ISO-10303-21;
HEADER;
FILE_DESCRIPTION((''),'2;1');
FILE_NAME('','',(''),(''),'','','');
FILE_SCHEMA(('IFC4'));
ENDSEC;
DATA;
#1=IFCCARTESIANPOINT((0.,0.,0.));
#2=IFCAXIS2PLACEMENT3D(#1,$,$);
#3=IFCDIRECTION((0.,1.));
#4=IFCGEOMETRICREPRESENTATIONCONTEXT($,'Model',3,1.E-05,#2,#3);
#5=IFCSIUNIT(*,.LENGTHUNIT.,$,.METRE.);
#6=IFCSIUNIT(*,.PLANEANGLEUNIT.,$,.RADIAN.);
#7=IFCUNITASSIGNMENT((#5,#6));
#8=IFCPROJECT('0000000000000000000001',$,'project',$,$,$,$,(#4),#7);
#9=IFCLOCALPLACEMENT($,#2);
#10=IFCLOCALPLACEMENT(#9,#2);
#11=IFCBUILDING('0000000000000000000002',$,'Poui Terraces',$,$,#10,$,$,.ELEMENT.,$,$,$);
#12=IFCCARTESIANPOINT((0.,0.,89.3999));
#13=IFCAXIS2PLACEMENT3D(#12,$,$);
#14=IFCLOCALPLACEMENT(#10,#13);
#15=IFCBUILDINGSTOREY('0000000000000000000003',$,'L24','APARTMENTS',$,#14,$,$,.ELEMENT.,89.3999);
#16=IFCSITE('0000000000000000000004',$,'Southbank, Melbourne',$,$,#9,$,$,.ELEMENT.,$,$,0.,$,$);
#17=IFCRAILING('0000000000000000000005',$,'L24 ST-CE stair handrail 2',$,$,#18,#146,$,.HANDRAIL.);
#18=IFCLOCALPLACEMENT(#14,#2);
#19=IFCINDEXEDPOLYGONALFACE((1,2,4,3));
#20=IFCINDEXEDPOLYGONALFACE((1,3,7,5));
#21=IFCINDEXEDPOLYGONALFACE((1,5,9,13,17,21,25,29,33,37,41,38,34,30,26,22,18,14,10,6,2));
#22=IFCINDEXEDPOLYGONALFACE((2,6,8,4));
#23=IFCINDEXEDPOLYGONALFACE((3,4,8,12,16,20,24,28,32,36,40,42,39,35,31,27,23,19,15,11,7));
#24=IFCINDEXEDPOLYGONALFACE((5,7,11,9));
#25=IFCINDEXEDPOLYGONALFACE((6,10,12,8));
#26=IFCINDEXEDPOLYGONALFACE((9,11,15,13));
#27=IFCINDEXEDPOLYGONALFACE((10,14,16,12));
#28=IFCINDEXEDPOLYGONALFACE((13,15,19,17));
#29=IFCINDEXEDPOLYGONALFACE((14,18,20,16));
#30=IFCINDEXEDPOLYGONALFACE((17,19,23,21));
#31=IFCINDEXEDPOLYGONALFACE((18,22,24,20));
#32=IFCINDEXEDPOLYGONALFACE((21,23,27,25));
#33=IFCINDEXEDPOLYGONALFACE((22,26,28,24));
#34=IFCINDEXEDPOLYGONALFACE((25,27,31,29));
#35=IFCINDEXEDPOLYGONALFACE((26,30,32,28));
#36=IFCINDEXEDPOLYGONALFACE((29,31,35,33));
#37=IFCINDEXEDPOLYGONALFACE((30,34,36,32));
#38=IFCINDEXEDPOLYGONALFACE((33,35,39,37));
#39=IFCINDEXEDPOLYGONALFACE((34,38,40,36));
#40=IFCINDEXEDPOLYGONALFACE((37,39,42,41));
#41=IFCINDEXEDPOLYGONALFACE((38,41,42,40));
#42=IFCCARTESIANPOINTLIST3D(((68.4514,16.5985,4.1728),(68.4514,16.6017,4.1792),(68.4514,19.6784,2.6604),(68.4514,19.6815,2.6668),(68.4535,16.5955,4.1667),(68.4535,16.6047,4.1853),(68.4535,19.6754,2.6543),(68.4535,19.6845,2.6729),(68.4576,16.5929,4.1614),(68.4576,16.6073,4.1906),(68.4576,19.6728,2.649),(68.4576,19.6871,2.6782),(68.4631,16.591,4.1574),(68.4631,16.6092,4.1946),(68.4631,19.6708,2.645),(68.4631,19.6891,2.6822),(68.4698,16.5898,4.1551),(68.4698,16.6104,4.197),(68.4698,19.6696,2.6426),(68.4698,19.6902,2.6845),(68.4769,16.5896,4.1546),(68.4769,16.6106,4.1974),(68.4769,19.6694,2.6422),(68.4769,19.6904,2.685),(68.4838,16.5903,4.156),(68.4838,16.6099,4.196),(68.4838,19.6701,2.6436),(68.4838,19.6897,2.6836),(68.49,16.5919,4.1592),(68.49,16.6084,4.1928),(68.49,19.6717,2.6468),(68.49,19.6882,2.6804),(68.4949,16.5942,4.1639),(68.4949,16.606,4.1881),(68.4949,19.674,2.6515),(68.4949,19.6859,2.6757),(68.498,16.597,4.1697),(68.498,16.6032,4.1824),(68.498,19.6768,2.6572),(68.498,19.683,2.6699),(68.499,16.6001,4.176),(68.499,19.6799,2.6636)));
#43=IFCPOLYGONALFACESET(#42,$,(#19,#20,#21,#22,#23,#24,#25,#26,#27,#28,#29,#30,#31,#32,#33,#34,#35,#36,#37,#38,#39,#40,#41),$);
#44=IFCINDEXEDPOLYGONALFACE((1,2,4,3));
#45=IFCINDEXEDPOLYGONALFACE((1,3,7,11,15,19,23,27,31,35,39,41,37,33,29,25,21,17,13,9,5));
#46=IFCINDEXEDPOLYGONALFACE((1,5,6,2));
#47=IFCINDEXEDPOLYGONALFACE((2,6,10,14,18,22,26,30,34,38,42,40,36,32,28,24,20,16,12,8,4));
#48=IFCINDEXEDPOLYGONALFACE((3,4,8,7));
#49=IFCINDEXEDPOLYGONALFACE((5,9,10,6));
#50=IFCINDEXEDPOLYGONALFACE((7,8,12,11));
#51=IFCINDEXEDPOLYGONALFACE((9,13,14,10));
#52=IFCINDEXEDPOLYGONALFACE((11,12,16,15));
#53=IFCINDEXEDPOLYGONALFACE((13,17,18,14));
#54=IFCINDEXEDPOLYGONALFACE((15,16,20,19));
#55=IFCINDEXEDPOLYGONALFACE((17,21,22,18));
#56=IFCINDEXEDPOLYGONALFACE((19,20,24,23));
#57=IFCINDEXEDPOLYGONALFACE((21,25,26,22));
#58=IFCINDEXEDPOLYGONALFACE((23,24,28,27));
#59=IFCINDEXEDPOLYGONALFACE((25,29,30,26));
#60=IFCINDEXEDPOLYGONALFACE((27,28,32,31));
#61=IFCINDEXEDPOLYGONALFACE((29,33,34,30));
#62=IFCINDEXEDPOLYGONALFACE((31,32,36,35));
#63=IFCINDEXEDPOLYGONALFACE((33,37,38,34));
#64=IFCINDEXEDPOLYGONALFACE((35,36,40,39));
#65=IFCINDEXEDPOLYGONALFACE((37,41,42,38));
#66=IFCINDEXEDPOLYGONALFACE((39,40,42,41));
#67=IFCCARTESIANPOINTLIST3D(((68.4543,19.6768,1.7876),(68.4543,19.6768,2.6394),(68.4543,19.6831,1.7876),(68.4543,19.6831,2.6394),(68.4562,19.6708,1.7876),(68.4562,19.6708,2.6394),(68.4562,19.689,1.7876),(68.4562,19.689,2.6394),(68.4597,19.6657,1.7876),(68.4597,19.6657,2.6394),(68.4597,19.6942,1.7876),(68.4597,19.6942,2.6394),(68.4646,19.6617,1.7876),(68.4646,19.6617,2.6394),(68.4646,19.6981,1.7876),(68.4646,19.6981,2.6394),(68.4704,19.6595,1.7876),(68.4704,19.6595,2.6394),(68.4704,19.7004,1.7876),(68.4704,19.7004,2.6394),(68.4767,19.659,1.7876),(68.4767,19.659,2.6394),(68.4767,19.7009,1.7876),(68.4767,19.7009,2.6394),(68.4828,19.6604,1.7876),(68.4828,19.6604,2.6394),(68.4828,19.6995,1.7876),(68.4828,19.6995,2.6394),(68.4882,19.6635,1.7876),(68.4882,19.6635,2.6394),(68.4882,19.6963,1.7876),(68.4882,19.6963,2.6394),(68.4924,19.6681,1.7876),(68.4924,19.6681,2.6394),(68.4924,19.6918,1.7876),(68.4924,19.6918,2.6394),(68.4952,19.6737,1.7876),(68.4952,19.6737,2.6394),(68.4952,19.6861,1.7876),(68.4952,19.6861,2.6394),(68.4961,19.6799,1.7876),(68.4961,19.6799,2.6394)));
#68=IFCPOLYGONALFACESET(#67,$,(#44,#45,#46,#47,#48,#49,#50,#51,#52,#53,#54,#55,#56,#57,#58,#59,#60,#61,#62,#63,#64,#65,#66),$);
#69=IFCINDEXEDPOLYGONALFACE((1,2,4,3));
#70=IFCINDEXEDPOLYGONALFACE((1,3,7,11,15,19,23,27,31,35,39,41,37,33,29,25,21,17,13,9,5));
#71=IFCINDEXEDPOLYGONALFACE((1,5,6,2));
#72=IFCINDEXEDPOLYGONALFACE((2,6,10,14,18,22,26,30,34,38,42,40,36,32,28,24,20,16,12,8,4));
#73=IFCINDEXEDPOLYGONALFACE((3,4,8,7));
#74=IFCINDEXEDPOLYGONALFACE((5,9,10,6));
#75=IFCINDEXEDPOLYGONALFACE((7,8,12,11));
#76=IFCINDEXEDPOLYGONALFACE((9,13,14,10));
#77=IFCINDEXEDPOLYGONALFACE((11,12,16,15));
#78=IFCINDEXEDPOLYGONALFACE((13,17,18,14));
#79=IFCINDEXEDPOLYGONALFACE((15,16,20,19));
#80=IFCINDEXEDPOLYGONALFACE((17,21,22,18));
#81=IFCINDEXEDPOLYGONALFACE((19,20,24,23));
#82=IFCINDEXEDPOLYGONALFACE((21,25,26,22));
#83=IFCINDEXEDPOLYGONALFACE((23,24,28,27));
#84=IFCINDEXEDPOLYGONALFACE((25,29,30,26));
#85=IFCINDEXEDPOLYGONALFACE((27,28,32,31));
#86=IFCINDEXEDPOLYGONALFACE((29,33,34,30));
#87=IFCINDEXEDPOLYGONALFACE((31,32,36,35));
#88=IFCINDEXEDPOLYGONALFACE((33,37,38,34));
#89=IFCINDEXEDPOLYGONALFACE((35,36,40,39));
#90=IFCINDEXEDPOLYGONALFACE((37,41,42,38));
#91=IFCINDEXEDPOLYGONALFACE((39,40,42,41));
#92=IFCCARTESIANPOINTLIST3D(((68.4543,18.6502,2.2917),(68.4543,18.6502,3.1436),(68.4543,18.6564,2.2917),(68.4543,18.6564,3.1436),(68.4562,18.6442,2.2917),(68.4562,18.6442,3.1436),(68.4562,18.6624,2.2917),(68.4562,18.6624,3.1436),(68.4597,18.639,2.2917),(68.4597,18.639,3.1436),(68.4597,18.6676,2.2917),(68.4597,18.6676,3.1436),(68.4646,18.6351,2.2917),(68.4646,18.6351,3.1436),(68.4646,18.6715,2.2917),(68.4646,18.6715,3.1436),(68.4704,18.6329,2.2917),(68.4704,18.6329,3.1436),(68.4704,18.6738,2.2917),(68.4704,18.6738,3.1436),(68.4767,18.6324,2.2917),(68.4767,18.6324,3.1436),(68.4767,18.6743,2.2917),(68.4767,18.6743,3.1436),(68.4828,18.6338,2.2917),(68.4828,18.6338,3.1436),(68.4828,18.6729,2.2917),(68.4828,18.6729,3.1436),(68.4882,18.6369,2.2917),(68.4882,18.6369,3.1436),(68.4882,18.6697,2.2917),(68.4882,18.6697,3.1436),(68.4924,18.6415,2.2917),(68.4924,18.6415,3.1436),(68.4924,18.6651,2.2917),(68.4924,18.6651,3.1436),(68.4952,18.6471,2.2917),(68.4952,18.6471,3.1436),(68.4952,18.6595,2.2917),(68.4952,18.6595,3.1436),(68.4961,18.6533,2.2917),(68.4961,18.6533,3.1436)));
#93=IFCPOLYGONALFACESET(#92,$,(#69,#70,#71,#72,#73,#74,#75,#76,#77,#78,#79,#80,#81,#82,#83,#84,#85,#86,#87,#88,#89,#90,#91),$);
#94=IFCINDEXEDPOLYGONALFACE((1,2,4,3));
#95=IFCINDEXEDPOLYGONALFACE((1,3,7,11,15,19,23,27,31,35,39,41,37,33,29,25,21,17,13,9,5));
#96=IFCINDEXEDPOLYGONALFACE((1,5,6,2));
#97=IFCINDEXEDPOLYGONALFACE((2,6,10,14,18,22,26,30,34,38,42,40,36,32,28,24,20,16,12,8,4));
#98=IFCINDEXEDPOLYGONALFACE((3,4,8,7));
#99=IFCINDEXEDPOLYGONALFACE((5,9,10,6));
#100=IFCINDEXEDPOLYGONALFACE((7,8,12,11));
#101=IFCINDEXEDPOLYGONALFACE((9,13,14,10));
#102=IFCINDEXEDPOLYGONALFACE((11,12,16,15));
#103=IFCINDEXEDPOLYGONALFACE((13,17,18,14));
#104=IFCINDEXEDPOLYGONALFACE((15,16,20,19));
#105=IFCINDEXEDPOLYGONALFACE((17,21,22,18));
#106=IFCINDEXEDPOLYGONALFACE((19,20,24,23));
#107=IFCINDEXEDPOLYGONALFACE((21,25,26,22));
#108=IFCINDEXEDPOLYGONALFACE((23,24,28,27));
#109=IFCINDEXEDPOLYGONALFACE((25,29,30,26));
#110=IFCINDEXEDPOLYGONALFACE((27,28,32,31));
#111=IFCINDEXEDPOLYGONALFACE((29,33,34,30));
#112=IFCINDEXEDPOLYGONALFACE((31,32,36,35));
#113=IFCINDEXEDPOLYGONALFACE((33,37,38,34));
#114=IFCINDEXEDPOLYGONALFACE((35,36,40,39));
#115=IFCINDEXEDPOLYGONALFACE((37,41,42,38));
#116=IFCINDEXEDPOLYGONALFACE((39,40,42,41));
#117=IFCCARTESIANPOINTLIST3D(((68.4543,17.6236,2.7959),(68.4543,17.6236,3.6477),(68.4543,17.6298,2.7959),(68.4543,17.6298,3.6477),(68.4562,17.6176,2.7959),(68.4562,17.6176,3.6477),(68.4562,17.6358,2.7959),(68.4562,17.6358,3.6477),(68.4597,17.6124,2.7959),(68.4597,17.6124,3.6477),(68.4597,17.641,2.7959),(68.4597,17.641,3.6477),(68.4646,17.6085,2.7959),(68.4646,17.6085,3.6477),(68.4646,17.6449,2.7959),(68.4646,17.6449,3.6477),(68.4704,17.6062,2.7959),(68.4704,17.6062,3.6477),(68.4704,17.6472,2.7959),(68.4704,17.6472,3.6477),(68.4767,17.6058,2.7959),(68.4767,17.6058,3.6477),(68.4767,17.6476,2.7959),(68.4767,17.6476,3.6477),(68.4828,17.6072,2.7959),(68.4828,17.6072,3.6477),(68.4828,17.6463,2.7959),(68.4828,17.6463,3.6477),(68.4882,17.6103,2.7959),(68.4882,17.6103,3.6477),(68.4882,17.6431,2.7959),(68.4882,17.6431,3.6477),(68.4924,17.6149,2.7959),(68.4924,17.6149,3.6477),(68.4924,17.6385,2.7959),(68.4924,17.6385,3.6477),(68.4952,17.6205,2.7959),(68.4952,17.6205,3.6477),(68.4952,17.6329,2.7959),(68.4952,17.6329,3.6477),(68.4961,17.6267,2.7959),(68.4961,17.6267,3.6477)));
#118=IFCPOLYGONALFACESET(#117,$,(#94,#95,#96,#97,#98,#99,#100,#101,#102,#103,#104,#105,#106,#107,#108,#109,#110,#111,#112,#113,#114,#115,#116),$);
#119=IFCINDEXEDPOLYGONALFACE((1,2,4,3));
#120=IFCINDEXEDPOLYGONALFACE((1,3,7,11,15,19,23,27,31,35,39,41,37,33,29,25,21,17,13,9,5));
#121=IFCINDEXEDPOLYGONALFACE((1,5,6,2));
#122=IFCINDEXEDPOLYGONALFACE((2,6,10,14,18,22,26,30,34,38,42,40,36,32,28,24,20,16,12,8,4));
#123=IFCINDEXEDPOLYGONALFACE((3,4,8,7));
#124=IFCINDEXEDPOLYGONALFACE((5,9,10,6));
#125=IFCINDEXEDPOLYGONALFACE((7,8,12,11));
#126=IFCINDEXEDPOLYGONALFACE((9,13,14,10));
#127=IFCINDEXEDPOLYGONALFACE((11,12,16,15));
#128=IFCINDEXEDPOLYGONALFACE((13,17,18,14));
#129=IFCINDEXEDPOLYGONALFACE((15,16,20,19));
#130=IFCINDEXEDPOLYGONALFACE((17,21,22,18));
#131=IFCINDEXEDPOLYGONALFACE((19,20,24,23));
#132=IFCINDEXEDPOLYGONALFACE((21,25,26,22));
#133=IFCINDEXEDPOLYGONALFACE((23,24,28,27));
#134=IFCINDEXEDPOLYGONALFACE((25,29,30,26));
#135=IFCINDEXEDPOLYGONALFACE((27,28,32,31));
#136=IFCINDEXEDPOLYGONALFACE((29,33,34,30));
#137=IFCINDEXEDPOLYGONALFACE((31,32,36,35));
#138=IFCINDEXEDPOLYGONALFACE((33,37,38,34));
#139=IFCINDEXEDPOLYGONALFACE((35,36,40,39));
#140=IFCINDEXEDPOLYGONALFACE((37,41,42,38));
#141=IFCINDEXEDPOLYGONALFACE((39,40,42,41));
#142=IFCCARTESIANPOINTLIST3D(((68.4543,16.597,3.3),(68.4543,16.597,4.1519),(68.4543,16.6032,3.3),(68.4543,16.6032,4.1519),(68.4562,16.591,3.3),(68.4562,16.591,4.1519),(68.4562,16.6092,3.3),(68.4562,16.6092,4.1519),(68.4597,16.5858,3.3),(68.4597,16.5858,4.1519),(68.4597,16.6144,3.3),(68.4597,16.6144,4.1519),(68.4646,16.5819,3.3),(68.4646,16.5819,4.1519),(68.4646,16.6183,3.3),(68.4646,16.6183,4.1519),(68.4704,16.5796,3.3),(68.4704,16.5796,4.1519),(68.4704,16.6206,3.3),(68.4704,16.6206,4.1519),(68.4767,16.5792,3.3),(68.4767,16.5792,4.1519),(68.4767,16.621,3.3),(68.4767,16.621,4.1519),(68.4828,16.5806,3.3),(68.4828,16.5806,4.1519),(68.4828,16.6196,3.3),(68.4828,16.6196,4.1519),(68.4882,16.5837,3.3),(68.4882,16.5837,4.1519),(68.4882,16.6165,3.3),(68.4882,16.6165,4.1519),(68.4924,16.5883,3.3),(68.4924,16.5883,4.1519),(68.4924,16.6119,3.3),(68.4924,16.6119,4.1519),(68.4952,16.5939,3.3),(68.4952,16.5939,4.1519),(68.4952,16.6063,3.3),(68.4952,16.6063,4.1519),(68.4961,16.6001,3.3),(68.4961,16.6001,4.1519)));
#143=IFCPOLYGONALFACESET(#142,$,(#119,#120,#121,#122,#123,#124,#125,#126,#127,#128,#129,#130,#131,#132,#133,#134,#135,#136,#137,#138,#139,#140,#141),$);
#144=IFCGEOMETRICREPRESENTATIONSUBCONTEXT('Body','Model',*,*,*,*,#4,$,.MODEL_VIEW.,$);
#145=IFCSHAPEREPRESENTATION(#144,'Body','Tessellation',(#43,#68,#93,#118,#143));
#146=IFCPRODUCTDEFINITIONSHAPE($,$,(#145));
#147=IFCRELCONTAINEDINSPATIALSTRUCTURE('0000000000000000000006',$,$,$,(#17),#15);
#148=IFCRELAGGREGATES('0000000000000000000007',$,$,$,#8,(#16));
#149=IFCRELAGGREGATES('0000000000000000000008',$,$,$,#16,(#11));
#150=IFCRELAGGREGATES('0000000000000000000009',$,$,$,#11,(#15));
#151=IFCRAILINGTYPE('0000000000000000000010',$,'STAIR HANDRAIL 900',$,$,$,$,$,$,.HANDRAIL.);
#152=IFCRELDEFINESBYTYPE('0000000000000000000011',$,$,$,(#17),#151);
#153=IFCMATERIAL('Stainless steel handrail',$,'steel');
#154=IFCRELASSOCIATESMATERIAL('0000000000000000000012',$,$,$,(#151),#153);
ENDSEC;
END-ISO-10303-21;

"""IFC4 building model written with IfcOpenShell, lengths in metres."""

from ifc_helpers import new_model, si_unit, direction, frame, origin, origin_2d, place, context, subcontext, project, spatial, circle, extrude, material, type_object, element, save


model = new_model("IFC4")

# Units and contexts
model_context = context("Model", 3, precision=1e-05, world=origin(), true_north=direction((0.0, 1.0)))
body_context = subcontext(model_context, "Body", "Model", "MODEL_VIEW")
ifc_project = project(units=[si_unit("LENGTHUNIT", "METRE"), si_unit("PLANEANGLEUNIT", "RADIAN")], contexts=[model_context])

# Site, building, storey
site_placement = place(None, origin())
site = spatial("IfcSite", under=ifc_project, at=site_placement, Name="Southbank, Melbourne", CompositionType="ELEMENT", RefElevation=0.0)
building_placement = place(site_placement, origin())
building = spatial("IfcBuilding", under=site, at=building_placement, Name="Poui Terraces", CompositionType="ELEMENT")
storey_placement = place(building_placement, frame((0.0, 0.0, 89.3999)))
storey = spatial("IfcBuildingStorey", under=building, at=storey_placement, Name="L24", Description="APARTMENTS", CompositionType="ELEMENT", Elevation=89.3999)

# Railing
ifc_material_1 = material(Name="Stainless steel handrail", Category="steel")
railing_type = type_object("IfcRailingType", Name="STAIR HANDRAIL 900", PredefinedType="HANDRAIL", material=ifc_material_1)
railing_placement = place(storey_placement, frame((68.4751, 19.6799, 1.7876)))
element("IfcRailing", 1, at=railing_placement, inside=storey, type_object=railing_type, Name="L24 ST-CE stair handrail 2", PredefinedType="HANDRAIL", context=body_context, shape_type="SweptSolid", body=[
    extrude(circle(Radius=0.0239, at=origin_2d()), frame((0.0, 0.0, 0.876), z_axis=(0.0, -0.897606, 0.440798), x_axis=(1.0, 0.0, 0.0)), (0.0, 0.0, 1.0), 3.4312),
    extrude(circle(Radius=0.021, at=origin_2d()), origin(), (0.0, 0.0, 1.0), 0.8518),
    extrude(circle(Radius=0.021, at=origin_2d()), frame((0.0, -1.0266, 0.5042)), (0.0, 0.0, 1.0), 0.8518),
    extrude(circle(Radius=0.021, at=origin_2d()), frame((0.0, -2.0532, 1.0083)), (0.0, 0.0, 1.0), 0.8518),
    extrude(circle(Radius=0.021, at=origin_2d()), frame((0.0, -3.0798, 1.5125)), (0.0, 0.0, 1.0), 0.8518),
])

save(model, "model.ifc")
